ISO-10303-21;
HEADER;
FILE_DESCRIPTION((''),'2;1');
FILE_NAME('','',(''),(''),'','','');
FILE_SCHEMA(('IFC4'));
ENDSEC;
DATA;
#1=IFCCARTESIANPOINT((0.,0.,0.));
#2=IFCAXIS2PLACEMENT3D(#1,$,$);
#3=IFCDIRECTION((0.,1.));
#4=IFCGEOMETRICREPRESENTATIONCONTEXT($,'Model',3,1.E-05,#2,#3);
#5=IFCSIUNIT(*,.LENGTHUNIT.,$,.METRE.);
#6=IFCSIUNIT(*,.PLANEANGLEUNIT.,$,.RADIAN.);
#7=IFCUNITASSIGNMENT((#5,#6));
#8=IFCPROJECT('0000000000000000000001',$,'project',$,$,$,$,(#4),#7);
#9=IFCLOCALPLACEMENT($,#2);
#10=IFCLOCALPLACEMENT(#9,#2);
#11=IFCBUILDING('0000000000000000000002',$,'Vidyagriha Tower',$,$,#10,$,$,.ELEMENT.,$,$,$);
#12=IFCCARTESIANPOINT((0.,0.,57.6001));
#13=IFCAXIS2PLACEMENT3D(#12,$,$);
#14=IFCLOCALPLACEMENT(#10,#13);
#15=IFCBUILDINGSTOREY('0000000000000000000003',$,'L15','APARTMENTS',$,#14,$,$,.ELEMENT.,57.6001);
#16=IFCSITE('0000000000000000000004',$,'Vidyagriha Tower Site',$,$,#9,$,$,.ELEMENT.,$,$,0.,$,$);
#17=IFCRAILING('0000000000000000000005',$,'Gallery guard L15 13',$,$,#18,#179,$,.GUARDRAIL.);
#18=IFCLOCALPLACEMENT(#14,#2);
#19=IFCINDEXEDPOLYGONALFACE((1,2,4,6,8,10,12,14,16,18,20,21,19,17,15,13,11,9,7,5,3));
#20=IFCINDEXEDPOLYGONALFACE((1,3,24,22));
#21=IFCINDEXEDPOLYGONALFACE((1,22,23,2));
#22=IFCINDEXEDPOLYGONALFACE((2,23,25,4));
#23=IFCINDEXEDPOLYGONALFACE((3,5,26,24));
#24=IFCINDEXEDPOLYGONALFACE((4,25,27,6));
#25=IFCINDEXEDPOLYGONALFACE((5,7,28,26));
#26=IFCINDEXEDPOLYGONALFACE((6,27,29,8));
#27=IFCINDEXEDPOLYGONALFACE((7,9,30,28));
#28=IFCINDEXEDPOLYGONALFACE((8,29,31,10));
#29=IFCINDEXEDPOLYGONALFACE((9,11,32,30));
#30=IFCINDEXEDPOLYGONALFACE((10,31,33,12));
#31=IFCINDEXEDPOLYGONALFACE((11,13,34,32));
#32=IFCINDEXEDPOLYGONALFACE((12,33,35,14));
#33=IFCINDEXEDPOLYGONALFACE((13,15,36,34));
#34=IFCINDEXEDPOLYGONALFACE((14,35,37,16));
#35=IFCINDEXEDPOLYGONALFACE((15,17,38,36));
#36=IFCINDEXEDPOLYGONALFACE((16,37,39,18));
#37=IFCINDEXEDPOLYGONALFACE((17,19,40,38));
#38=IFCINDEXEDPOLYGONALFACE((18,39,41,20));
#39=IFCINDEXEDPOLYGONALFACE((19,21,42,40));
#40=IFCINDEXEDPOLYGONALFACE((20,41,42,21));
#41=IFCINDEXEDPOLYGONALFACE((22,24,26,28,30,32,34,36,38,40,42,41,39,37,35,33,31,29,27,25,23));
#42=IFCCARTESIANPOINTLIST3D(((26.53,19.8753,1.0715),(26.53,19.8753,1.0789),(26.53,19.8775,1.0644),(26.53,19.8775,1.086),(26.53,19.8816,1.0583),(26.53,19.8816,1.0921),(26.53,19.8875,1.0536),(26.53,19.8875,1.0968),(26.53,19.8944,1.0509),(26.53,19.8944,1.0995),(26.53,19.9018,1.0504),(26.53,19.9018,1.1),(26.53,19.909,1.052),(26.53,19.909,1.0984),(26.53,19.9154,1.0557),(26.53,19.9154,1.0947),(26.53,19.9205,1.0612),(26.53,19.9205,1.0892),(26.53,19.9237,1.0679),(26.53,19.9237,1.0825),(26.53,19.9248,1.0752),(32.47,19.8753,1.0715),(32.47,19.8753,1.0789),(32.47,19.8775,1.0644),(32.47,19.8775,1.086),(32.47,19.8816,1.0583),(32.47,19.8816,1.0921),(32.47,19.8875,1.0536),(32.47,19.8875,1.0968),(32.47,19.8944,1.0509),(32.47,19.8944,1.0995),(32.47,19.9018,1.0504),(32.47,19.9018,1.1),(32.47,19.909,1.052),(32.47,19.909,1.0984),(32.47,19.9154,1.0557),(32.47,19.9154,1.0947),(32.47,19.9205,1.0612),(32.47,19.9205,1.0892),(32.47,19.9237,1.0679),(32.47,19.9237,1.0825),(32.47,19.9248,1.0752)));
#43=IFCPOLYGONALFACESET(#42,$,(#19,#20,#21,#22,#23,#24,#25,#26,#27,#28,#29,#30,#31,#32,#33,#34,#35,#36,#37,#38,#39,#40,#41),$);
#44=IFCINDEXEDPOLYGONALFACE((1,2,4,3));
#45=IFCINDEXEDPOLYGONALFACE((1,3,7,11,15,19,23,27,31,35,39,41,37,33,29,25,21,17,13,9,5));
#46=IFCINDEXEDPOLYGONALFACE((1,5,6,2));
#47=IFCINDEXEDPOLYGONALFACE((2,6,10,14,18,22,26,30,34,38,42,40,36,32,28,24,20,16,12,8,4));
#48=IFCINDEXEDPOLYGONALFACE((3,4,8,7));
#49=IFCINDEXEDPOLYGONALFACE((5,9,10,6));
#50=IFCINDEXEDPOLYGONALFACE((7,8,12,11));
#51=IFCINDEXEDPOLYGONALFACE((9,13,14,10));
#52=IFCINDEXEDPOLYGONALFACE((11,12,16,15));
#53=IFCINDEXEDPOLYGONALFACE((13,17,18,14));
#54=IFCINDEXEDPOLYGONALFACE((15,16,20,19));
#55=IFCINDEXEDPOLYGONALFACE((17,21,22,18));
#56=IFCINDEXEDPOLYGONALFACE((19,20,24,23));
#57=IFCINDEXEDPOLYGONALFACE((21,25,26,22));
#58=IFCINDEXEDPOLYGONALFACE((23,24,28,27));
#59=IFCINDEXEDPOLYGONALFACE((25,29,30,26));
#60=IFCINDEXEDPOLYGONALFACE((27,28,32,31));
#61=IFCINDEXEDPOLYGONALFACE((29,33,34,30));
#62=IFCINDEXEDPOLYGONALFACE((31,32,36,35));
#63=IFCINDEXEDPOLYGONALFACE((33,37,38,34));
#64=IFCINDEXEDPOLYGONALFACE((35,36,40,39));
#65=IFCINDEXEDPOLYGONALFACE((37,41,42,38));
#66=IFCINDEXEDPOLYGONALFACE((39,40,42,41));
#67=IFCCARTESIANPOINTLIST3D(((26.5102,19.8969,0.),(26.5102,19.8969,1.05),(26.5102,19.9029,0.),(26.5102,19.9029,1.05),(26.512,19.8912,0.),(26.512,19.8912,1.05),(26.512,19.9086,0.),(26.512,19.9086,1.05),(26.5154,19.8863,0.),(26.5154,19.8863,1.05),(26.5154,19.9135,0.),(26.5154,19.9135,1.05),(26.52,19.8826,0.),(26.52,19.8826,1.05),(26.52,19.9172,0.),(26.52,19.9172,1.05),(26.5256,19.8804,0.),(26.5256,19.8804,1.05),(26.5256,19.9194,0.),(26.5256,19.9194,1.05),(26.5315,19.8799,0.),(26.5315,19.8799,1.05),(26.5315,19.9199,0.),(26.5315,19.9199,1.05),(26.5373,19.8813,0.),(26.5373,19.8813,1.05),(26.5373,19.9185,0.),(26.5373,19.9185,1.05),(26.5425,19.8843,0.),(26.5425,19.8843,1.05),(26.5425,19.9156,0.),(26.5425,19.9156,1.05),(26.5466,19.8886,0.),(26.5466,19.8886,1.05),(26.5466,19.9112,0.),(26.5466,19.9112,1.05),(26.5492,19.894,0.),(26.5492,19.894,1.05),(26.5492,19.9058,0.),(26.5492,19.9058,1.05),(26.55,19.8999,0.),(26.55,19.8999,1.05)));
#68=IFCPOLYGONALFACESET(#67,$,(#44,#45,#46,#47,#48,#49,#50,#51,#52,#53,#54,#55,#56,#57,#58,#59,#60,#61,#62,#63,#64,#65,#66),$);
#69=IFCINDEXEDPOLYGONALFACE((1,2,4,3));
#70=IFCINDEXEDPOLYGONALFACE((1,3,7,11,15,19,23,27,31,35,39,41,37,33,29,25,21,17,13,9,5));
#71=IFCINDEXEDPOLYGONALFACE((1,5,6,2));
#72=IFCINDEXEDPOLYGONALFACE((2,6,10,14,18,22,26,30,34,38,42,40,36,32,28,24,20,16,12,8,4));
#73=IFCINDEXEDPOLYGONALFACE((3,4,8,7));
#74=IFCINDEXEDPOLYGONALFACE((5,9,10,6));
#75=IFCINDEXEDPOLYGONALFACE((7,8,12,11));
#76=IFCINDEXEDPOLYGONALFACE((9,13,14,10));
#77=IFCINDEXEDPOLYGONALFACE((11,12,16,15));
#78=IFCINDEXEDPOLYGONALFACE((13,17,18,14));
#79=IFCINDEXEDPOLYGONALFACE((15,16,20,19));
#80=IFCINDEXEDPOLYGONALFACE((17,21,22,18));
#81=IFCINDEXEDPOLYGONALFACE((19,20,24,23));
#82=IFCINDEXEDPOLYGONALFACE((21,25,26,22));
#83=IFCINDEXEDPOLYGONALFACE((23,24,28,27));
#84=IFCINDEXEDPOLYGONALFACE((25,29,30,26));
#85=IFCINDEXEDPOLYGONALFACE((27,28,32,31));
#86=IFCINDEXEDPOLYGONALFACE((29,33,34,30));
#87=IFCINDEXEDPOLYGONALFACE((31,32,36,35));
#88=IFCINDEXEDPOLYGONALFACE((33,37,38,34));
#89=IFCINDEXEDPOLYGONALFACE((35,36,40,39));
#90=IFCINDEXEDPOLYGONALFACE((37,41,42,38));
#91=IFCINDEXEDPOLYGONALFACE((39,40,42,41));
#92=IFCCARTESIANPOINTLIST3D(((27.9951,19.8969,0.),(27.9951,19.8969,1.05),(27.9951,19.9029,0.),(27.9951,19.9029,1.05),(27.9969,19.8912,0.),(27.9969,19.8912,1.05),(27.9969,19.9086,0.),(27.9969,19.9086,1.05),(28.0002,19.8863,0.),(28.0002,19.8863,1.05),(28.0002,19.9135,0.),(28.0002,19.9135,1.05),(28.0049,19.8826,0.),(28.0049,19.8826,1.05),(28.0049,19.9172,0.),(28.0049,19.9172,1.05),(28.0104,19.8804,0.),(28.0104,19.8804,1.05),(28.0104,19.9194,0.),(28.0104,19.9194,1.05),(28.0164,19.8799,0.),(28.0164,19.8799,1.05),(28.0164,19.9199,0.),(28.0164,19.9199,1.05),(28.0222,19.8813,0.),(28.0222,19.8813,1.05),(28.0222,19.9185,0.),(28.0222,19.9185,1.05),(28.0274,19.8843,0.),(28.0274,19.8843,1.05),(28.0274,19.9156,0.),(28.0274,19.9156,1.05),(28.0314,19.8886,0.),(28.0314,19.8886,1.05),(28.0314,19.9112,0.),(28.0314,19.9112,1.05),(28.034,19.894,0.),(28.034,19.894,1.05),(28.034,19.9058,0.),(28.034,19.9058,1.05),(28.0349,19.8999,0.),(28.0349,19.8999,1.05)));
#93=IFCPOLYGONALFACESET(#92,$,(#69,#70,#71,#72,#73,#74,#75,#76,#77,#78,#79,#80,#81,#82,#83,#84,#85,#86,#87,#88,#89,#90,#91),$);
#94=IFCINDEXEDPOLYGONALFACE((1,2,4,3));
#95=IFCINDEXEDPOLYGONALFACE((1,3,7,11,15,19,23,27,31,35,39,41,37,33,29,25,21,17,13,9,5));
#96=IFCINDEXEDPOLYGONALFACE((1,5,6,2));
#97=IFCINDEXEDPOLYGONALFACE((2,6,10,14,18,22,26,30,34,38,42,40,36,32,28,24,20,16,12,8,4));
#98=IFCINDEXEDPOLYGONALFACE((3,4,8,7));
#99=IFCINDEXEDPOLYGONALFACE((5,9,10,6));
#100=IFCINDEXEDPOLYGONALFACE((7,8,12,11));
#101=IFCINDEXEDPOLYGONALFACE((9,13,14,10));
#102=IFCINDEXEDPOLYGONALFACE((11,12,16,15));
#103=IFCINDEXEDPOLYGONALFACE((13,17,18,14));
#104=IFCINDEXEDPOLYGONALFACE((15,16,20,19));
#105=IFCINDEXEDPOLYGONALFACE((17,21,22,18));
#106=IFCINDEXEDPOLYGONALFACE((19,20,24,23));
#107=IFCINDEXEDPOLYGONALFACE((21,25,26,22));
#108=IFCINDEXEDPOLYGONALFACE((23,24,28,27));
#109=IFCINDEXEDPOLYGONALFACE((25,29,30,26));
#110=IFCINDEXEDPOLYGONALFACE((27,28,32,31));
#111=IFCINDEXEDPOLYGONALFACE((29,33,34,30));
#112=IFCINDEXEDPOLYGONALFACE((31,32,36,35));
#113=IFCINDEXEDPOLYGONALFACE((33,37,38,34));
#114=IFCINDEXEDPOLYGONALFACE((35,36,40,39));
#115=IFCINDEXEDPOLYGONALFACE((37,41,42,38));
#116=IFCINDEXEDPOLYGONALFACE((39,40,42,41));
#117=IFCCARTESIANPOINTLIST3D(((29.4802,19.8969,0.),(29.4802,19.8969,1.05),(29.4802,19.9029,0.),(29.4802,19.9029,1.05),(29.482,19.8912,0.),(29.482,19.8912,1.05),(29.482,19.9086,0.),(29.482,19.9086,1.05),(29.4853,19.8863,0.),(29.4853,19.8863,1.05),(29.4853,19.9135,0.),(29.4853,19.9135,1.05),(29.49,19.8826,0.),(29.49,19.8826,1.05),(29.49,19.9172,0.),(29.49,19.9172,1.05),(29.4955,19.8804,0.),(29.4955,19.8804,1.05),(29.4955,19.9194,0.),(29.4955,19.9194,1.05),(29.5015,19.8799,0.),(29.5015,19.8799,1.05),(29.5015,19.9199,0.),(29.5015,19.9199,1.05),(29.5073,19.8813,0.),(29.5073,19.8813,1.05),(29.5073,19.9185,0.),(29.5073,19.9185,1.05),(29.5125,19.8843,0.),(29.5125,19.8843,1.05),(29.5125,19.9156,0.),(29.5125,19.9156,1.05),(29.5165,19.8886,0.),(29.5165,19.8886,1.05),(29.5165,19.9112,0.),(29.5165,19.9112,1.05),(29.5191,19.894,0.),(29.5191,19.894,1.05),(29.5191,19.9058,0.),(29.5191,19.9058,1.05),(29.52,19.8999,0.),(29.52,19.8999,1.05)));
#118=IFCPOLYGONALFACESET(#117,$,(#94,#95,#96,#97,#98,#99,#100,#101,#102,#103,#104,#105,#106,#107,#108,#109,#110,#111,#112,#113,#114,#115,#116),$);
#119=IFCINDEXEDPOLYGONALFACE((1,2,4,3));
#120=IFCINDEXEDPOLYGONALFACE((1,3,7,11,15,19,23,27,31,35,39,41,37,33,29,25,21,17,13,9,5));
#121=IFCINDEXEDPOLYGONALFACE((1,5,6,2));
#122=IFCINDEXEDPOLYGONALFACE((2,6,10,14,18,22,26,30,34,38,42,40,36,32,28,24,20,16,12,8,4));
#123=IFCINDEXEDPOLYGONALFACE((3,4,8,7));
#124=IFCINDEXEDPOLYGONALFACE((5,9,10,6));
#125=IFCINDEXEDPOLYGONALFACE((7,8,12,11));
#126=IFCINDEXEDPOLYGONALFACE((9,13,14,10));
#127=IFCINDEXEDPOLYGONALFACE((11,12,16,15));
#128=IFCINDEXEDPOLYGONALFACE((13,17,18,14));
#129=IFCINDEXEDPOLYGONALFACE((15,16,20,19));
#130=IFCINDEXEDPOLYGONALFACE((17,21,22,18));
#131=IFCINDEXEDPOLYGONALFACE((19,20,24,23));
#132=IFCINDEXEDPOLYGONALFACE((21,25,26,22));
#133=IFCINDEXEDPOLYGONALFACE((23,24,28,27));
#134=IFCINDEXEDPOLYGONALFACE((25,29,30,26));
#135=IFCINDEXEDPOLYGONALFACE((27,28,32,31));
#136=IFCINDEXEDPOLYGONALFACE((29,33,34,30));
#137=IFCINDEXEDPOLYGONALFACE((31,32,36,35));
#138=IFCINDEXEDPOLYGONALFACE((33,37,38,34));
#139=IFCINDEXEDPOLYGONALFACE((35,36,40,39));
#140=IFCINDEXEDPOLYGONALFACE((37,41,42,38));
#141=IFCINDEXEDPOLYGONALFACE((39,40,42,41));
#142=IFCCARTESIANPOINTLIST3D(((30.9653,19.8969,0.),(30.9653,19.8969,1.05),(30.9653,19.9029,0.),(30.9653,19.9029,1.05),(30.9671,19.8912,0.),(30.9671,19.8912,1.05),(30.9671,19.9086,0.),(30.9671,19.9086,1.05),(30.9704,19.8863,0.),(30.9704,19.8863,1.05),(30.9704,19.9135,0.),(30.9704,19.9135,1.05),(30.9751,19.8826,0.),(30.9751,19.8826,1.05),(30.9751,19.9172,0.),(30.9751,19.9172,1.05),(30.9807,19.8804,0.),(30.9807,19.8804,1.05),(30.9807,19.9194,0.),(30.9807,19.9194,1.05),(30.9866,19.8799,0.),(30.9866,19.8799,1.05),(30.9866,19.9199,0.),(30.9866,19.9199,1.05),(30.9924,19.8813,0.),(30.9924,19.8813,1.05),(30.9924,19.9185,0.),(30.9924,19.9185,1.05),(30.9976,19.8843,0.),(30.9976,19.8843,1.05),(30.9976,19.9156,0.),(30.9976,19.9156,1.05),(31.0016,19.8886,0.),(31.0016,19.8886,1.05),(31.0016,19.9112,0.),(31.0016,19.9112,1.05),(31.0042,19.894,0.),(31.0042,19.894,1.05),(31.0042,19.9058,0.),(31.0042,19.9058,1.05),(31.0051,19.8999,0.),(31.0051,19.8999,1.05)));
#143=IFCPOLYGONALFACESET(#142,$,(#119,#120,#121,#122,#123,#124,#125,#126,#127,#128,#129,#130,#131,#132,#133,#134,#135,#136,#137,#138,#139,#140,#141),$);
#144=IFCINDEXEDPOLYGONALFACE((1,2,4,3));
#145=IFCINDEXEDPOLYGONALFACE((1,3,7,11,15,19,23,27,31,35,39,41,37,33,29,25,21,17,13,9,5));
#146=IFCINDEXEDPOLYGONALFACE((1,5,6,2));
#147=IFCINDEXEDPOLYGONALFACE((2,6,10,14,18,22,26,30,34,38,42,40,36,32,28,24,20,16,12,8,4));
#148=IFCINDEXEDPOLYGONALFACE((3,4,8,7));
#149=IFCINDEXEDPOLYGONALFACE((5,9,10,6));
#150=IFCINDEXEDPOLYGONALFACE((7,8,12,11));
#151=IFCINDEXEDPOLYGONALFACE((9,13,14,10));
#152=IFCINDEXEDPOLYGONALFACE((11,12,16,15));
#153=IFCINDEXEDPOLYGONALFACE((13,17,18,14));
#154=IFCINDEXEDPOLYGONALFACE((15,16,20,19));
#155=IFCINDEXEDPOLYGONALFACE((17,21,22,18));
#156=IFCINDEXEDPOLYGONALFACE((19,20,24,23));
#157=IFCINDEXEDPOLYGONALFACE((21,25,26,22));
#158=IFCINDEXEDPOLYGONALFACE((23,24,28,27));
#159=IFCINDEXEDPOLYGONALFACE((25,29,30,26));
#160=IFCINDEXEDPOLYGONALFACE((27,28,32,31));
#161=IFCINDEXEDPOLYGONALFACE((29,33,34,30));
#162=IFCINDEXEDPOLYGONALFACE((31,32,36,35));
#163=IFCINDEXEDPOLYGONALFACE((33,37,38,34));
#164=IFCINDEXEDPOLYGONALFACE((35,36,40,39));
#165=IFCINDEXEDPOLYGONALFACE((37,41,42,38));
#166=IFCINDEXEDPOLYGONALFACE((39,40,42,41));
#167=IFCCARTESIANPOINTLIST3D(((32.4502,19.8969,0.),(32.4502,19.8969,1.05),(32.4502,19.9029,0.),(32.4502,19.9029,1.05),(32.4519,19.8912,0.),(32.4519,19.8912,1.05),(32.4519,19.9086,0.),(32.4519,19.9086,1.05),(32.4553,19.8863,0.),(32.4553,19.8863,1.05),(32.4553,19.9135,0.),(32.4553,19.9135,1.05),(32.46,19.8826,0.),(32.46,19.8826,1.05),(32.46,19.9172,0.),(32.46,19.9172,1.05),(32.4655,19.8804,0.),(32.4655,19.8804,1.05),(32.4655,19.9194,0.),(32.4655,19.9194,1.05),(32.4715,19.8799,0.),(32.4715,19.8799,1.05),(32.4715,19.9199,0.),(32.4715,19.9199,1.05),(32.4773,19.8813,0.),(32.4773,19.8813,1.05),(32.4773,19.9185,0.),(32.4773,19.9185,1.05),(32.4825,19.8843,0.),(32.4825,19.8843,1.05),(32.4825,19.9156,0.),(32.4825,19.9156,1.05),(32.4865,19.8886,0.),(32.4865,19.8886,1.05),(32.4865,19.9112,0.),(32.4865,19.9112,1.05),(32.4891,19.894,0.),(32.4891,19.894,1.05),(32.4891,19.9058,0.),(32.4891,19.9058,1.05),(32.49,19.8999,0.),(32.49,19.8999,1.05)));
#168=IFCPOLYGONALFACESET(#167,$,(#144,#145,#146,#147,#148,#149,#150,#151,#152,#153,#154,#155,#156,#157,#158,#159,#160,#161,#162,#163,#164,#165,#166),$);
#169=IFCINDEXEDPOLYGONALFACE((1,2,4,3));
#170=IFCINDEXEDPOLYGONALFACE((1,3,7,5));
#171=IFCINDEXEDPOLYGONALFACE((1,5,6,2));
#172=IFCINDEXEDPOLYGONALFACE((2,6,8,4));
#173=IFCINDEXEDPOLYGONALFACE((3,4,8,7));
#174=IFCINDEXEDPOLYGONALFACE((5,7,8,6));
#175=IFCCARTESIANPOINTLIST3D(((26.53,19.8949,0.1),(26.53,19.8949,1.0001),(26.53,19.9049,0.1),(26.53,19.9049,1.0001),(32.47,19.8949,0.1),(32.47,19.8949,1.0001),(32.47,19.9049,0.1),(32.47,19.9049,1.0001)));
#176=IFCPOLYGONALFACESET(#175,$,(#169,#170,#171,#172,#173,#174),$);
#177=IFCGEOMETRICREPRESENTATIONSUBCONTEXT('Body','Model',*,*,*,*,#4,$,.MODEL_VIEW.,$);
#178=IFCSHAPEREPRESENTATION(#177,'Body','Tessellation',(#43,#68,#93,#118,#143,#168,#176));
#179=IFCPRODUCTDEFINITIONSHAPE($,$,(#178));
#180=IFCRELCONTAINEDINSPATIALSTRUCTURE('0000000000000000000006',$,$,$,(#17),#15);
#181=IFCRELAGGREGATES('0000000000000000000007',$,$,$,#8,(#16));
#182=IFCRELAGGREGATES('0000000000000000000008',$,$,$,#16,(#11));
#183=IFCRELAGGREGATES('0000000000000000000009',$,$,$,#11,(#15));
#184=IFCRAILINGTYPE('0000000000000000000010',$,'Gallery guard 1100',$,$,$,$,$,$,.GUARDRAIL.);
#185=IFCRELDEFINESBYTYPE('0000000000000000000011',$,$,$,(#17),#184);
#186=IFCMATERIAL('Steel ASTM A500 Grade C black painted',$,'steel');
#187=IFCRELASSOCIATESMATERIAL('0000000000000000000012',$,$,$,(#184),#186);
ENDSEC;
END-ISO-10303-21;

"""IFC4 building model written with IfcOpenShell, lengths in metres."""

from ifc_helpers import new_model, si_unit, direction, frame, origin, origin_2d, place, context, subcontext, project, spatial, rectangle, circle, extrude, material, type_object, element, save


model = new_model("IFC4")

# Units and contexts
model_context = context("Model", 3, precision=1e-05, world=origin(), true_north=direction((0.0, 1.0)))
body_context = subcontext(model_context, "Body", "Model", "MODEL_VIEW")
ifc_project = project(units=[si_unit("LENGTHUNIT", "METRE"), si_unit("PLANEANGLEUNIT", "RADIAN")], contexts=[model_context])

# Site, building, storey
site_placement = place(None, origin())
site = spatial("IfcSite", under=ifc_project, at=site_placement, Name="Vidyagriha Tower Site", CompositionType="ELEMENT", RefElevation=0.0)
building_placement = place(site_placement, origin())
building = spatial("IfcBuilding", under=site, at=building_placement, Name="Vidyagriha Tower", CompositionType="ELEMENT")
storey_placement = place(building_placement, frame((0.0, 0.0, 57.6001)))
storey = spatial("IfcBuildingStorey", under=building, at=storey_placement, Name="L15", Description="APARTMENTS", CompositionType="ELEMENT", Elevation=57.6001)

# Railing
ifc_material_1 = material(Name="Steel ASTM A500 Grade C black painted", Category="steel")
railing_type = type_object("IfcRailingType", Name="Gallery guard 1100", PredefinedType="GUARDRAIL", material=ifc_material_1)
railing_1_placement = place(storey_placement, frame((26.53, 19.8999, 0.0)))
element("IfcRailing", 1, at=railing_1_placement, inside=storey, type_object=railing_type, Name="Gallery guard L15 13", PredefinedType="GUARDRAIL", context=body_context, shape_type="SweptSolid", body=[
    extrude(circle(Radius=0.0249, at=origin_2d()), frame((0.0, 0.0, 1.0752), z_axis=(1.0, 0.0, 0.0), x_axis=(0.0, 1.0, 0.0)), (0.0, 0.0, 1.0), 5.9399),
    extrude(circle(Radius=0.02, at=origin_2d()), origin(), (0.0, 0.0, 1.0), 1.05),
    extrude(circle(Radius=0.02, at=origin_2d()), frame((1.4849, 0.0, 0.0)), (0.0, 0.0, 1.0), 1.05),
    extrude(circle(Radius=0.02, at=origin_2d()), frame((2.97, 0.0, 0.0)), (0.0, 0.0, 1.0), 1.05),
    extrude(circle(Radius=0.02, at=origin_2d()), frame((4.4551, 0.0, 0.0)), (0.0, 0.0, 1.0), 1.05),
    extrude(circle(Radius=0.02, at=origin_2d()), frame((5.9399, 0.0, 0.0)), (0.0, 0.0, 1.0), 1.05),
    extrude(rectangle(XDim=0.01, YDim=0.9001, at=origin_2d()), frame((0.0, 0.0, 0.55), z_axis=(1.0, 0.0, 0.0), x_axis=(0.0, 1.0, 0.0)), (0.0, 0.0, 1.0), 5.9399),
])

save(model, "model.ifc")
